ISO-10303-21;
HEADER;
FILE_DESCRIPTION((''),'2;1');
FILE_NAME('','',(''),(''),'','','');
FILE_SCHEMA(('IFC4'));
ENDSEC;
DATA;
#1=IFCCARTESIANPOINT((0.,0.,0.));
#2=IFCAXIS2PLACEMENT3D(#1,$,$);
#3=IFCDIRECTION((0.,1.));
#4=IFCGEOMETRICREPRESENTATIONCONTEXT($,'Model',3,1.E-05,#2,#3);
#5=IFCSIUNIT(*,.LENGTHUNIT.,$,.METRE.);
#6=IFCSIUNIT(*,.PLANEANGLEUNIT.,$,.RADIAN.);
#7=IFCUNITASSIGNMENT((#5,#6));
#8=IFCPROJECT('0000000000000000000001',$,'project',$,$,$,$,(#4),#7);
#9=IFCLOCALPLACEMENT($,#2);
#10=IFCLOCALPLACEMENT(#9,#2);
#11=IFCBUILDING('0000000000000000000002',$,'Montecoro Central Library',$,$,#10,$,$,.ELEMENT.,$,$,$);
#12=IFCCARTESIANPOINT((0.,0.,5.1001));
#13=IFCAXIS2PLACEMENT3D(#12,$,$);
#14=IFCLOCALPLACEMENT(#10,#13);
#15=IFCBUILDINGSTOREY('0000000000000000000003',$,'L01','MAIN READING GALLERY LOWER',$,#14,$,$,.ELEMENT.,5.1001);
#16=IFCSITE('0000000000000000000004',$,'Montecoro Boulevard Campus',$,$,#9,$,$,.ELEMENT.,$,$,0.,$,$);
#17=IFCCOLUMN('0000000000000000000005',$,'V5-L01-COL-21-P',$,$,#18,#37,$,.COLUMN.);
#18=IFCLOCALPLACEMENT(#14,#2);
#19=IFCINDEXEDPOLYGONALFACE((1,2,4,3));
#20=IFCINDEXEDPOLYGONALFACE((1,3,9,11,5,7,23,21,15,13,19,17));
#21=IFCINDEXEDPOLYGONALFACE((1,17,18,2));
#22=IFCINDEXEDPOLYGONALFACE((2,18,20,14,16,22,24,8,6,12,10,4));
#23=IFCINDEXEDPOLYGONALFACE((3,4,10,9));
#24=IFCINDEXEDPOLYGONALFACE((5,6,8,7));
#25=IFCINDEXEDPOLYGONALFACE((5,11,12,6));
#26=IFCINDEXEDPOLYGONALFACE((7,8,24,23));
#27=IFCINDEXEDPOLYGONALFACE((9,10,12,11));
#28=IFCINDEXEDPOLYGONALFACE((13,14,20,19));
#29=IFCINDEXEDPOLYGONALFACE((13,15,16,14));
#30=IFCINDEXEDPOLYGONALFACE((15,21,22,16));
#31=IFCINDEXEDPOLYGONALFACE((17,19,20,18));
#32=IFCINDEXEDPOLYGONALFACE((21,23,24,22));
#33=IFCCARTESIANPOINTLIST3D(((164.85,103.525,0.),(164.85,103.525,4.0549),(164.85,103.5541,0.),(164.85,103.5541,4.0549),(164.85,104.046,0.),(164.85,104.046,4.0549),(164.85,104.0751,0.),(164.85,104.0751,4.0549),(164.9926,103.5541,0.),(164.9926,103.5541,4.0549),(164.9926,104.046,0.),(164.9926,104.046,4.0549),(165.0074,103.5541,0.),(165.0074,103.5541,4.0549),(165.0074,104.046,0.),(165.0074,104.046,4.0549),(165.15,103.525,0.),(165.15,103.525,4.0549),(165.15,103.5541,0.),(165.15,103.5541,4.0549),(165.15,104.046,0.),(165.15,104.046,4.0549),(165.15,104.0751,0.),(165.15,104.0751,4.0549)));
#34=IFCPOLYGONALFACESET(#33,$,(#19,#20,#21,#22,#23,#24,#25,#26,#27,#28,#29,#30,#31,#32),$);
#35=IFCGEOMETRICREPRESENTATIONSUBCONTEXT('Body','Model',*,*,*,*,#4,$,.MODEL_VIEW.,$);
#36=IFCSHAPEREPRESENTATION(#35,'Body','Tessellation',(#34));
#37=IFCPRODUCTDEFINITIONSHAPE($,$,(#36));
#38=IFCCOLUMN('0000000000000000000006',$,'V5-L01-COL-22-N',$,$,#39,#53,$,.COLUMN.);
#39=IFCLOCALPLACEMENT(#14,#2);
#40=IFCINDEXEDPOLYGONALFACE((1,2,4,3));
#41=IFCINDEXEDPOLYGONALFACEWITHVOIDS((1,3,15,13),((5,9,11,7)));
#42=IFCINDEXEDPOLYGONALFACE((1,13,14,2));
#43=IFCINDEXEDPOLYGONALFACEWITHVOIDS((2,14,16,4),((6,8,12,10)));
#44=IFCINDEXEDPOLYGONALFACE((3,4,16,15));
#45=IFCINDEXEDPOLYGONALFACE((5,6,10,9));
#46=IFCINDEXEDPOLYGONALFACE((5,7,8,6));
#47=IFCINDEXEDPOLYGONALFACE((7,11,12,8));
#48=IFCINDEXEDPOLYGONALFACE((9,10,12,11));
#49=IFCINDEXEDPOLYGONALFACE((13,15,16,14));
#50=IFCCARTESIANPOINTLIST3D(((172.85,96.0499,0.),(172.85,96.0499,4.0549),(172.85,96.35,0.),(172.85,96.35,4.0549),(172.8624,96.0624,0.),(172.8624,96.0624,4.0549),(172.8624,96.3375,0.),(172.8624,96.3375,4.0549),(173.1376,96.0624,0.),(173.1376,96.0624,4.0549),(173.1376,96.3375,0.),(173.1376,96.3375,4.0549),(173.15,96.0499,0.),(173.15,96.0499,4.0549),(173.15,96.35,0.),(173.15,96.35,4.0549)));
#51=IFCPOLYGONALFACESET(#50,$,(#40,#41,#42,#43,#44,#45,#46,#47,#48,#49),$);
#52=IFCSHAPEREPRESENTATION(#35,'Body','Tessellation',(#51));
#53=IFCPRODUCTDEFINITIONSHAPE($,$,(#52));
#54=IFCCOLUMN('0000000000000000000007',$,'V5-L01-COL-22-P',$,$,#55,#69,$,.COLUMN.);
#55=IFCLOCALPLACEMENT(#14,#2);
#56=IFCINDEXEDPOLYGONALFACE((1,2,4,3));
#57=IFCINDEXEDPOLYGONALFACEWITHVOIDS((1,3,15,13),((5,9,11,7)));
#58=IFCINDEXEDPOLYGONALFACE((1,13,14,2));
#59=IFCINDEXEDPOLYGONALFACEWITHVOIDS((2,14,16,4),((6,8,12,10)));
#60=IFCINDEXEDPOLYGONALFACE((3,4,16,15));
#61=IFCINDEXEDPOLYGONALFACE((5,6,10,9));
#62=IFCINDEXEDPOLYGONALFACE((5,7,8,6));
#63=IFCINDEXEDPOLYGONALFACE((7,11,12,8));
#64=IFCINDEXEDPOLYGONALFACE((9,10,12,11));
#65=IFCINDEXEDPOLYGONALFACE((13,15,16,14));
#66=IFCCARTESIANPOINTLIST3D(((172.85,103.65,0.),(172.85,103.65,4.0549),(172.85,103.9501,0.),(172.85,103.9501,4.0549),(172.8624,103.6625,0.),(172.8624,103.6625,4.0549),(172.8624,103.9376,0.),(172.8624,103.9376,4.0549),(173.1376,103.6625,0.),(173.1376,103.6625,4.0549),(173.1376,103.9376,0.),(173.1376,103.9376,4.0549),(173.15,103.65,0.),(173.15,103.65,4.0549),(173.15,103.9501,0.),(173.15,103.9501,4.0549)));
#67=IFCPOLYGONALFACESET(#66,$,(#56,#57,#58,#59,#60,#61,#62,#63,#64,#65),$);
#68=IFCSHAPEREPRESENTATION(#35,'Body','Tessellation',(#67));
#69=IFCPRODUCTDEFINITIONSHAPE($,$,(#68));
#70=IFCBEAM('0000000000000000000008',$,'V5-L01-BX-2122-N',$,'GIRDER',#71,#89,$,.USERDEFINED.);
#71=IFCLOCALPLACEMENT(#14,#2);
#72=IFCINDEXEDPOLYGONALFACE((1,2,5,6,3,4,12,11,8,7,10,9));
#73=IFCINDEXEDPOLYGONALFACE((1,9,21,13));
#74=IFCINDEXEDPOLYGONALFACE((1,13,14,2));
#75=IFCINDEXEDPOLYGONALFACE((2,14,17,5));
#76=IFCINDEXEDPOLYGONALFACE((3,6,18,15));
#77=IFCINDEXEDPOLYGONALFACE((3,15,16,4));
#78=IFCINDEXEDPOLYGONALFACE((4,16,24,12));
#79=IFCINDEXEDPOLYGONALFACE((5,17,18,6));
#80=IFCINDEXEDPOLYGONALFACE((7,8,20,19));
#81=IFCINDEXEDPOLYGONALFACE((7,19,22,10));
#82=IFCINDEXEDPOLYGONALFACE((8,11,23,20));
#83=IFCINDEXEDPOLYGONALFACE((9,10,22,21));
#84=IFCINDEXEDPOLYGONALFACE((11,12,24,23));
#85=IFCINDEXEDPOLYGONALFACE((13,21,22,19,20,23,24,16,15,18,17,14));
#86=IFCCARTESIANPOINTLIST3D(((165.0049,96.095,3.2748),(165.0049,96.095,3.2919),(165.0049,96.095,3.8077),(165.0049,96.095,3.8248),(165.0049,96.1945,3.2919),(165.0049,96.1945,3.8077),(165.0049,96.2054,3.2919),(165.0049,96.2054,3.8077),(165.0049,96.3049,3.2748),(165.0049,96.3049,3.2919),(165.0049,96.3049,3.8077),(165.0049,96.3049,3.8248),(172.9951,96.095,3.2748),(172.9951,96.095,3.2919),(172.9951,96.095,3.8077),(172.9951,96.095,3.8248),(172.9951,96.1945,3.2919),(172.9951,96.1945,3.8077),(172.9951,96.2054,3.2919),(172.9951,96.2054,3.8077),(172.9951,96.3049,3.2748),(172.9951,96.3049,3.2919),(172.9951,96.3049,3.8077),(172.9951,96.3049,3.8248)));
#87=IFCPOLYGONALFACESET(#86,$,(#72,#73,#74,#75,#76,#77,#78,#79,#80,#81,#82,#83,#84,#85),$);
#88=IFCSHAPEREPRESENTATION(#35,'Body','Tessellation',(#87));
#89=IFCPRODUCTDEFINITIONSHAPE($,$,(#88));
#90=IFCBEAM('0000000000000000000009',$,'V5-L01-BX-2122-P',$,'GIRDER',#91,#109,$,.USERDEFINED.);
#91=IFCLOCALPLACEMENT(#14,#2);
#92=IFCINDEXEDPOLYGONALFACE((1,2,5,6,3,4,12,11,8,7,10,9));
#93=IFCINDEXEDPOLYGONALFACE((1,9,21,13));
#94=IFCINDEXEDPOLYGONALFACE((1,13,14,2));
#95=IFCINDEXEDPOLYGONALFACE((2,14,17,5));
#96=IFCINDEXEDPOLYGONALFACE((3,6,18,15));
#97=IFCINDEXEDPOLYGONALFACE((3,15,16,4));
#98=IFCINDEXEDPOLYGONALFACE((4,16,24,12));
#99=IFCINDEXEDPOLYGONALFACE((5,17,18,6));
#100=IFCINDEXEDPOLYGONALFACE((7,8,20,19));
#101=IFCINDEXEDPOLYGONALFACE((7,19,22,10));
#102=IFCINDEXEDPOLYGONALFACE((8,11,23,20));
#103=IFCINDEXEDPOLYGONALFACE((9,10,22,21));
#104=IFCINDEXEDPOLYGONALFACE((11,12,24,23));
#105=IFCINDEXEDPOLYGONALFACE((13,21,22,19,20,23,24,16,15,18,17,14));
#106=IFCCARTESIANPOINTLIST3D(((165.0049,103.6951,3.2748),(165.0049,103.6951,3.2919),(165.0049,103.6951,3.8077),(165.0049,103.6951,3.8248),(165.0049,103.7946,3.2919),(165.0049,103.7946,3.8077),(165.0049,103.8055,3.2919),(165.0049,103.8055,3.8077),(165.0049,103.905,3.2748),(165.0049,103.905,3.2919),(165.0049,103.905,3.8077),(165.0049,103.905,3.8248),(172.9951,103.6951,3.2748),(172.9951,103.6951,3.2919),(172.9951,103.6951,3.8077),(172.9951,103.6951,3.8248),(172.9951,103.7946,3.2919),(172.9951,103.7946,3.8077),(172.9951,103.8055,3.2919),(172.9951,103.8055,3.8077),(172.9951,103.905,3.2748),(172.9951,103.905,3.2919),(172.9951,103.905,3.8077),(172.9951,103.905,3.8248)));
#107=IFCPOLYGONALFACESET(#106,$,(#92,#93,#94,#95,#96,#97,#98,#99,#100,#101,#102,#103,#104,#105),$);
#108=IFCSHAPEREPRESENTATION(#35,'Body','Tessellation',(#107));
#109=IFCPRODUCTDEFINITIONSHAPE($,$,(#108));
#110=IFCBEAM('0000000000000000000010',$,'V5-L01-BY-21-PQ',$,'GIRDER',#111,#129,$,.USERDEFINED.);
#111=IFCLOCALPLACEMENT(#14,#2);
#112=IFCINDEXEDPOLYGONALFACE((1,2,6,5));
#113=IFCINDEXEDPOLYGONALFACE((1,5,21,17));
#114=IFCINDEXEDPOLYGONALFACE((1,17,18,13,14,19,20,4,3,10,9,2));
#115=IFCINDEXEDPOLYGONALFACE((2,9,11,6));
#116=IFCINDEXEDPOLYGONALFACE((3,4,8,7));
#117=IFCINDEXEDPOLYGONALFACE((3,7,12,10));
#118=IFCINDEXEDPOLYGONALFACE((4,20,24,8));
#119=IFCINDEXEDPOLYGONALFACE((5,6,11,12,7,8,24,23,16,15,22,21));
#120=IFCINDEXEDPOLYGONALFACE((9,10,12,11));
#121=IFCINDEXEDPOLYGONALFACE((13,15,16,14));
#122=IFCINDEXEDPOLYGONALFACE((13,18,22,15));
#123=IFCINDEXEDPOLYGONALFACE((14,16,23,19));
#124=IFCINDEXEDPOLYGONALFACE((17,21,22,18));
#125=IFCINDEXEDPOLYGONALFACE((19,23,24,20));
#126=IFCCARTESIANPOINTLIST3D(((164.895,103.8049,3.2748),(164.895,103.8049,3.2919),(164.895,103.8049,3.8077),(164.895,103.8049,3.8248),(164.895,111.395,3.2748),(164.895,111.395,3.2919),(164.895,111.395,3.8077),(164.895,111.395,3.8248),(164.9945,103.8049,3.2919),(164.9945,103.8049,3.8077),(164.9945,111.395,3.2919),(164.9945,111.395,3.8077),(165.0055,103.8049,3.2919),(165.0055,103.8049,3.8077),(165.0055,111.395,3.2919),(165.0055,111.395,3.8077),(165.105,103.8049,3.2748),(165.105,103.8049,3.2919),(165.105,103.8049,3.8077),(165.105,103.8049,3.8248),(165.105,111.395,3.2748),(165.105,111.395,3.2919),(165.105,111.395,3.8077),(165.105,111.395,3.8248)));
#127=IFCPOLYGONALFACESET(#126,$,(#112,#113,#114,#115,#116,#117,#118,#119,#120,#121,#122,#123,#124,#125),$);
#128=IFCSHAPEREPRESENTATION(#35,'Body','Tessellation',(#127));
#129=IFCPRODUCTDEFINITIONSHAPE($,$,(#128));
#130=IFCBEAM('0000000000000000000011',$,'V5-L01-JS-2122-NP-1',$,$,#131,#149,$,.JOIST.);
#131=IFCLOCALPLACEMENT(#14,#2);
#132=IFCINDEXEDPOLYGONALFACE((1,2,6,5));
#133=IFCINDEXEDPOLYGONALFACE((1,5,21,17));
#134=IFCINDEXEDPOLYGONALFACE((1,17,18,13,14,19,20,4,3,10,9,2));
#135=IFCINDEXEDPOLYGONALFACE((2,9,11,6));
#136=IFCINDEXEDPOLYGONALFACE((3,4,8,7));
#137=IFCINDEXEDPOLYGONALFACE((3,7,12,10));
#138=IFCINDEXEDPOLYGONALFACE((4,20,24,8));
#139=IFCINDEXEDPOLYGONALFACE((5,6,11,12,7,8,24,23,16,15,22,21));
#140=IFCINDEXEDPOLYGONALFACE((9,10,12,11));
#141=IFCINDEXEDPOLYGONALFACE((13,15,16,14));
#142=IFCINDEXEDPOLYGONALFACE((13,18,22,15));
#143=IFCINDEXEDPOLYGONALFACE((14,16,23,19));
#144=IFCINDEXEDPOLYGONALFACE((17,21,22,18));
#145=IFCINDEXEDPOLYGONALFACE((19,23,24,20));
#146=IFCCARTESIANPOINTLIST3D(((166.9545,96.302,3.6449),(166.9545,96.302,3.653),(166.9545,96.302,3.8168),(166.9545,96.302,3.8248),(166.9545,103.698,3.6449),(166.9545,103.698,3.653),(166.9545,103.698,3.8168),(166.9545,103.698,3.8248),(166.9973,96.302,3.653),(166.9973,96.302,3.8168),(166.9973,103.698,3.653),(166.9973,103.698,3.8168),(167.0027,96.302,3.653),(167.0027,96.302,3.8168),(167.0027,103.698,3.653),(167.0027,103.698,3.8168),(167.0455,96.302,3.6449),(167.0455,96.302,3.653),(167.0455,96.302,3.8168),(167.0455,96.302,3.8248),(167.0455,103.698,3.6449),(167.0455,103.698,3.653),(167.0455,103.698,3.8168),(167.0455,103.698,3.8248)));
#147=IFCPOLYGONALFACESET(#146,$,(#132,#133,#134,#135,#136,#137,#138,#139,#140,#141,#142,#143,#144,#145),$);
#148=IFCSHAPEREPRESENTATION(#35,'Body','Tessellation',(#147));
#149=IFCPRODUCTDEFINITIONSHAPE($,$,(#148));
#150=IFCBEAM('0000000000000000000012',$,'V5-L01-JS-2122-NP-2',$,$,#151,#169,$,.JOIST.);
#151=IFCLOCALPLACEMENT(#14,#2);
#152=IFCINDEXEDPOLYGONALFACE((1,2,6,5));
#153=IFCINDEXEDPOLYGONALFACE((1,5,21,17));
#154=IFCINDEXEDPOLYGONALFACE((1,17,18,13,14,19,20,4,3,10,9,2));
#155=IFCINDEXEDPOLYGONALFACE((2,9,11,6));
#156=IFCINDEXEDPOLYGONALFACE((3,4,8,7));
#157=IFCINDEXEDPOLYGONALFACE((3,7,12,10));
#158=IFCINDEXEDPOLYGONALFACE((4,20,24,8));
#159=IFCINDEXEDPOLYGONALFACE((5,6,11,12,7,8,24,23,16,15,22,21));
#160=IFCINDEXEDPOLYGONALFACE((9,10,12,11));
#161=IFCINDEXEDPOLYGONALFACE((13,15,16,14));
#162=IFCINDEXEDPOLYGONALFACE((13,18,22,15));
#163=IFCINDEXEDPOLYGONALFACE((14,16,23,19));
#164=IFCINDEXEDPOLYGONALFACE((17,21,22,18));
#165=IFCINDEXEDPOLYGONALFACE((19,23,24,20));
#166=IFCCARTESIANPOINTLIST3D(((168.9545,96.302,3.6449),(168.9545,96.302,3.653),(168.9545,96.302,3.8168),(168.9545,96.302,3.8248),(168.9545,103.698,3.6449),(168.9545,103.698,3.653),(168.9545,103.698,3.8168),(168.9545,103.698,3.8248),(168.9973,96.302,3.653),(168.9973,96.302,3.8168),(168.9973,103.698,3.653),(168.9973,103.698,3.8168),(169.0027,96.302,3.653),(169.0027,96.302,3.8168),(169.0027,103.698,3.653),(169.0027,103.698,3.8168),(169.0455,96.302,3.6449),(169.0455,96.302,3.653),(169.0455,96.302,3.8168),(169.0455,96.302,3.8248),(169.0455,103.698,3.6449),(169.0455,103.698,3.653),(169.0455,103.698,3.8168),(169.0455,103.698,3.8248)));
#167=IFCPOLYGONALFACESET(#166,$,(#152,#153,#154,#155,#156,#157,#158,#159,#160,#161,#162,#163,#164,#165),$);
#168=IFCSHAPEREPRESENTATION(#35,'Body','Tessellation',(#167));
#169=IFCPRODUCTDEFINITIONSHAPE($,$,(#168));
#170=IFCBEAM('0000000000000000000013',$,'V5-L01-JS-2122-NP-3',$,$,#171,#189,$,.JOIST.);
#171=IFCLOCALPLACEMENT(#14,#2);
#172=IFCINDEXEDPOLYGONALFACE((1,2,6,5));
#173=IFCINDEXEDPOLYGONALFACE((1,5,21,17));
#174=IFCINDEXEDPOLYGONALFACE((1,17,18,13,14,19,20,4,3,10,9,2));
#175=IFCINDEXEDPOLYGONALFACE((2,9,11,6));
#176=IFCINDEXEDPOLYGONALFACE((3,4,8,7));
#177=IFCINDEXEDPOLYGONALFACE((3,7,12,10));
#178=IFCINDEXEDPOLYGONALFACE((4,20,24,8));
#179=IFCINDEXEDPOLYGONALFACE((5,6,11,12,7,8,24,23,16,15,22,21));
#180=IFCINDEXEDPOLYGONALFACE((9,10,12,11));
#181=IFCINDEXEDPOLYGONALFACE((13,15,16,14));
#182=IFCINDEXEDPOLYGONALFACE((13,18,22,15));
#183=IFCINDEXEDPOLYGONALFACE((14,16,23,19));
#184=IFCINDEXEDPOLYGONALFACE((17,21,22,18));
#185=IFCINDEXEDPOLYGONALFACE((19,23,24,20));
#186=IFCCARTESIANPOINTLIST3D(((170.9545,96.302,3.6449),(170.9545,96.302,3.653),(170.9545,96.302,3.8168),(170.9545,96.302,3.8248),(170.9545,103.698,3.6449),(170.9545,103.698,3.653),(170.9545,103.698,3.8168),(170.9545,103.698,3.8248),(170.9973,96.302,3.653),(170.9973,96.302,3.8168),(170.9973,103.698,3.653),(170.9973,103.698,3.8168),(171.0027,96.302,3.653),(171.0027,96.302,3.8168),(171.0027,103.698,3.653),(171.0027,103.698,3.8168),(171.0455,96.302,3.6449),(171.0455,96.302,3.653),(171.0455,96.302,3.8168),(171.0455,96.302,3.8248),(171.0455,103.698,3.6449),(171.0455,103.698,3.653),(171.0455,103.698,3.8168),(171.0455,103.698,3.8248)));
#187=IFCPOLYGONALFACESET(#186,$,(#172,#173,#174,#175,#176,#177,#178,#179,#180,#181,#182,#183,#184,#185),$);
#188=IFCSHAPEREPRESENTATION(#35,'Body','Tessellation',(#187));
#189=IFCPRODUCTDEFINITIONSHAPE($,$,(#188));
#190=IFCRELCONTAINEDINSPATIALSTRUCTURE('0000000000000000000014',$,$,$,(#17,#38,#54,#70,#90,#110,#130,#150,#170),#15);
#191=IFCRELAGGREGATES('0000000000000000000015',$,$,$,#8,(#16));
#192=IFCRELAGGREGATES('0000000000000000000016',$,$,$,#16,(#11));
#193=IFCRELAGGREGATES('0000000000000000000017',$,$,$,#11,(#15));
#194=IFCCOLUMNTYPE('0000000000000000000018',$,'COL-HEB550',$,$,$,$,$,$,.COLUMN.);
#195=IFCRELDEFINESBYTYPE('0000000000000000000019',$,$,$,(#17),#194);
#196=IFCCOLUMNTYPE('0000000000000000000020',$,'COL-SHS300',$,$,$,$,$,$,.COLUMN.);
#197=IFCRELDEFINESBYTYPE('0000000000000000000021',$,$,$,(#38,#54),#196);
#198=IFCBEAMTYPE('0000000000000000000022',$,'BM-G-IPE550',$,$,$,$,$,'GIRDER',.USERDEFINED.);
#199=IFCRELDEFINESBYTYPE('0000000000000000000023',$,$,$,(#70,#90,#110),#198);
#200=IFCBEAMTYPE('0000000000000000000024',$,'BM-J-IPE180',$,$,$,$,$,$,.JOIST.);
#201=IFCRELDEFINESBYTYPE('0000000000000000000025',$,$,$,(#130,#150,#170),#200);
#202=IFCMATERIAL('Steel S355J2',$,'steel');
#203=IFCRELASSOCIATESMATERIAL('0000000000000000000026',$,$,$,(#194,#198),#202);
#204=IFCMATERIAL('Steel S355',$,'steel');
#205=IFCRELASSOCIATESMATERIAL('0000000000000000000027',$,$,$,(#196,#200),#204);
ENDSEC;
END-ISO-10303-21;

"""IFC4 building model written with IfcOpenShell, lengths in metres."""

from ifc_helpers import new_model, si_unit, direction, frame, origin, origin_2d, place, context, subcontext, project, spatial, hollow_rectangle, i_section, extrude, material, material_profile, profile_set, type_object, element, save


model = new_model("IFC4")

# Units and contexts
model_context = context("Model", 3, precision=1e-05, world=origin(), true_north=direction((0.0, 1.0)))
body_context = subcontext(model_context, "Body", "Model", "MODEL_VIEW")
ifc_project = project(units=[si_unit("LENGTHUNIT", "METRE"), si_unit("PLANEANGLEUNIT", "RADIAN")], contexts=[model_context])

# Site, building, storey
site_placement = place(None, origin())
site = spatial("IfcSite", under=ifc_project, at=site_placement, Name="Montecoro Boulevard Campus", CompositionType="ELEMENT", RefElevation=0.0)
building_placement = place(site_placement, origin())
building = spatial("IfcBuilding", under=site, at=building_placement, Name="Montecoro Central Library", CompositionType="ELEMENT")
storey_placement = place(building_placement, frame((0.0, 0.0, 5.1001)))
storey = spatial("IfcBuildingStorey", under=building, at=storey_placement, Name="L01", Description="MAIN READING GALLERY LOWER", CompositionType="ELEMENT", Elevation=5.1001)

# Columns
ifc_material_1 = material(Name="Steel S355J2", Category="steel")
ifc_material_profile_1 = material_profile(ifc_material_1, i_section(OverallWidth=0.3, OverallDepth=0.55, WebThickness=0.0149, FlangeThickness=0.0291, at=origin_2d()), Name="HEB 550")
ifc_profile_set_1 = profile_set([ifc_material_profile_1], Name="Steel S355J2")
column_type_1 = type_object("IfcColumnType", Name="COL-HEB550", PredefinedType="COLUMN", material=ifc_profile_set_1)
column_placement = place(storey_placement, frame((165.0, 103.8, 0.0), z_axis=(0.0, 0.0, 1.0), x_axis=(1.0, 0.0, 0.0)))
element("IfcColumn", 1, at=column_placement, inside=storey, type_object=column_type_1, Name="V5-L01-COL-21-P", PredefinedType="COLUMN", context=body_context, shape_type="SweptSolid", body=[
    extrude(i_section(OverallWidth=0.3, OverallDepth=0.55, WebThickness=0.0149, FlangeThickness=0.0291, at=origin_2d()), origin(), (0.0, 0.0, 1.0), 4.0549),
])
ifc_material_2 = material(Name="Steel S355", Category="steel")
ifc_material_profile_2 = material_profile(ifc_material_2, hollow_rectangle(XDim=0.3, YDim=0.3, WallThickness=0.0125, at=origin_2d()), Name="SHS 300x300x12.5")
ifc_profile_set_2 = profile_set([ifc_material_profile_2], Name="Steel S355")
column_type_2 = type_object("IfcColumnType", Name="COL-SHS300", PredefinedType="COLUMN", material=ifc_profile_set_2)
for number, where, z_axis, x_axis, name in (
    (2, (173.0, 96.2, 0.0), (0.0, 0.0, 1.0), (1.0, 0.0, 0.0), "V5-L01-COL-22-N"),
    (3, (173.0, 103.8, 0.0), (0.0, 0.0, 1.0), (1.0, 0.0, 0.0), "V5-L01-COL-22-P"),
):
    element("IfcColumn", number, at=place(storey_placement, frame(where, z_axis=z_axis, x_axis=x_axis)), inside=storey, type_object=column_type_2, Name=name, PredefinedType="COLUMN", context=body_context, shape_type="SweptSolid", body=[
        extrude(hollow_rectangle(XDim=0.3, YDim=0.3, WallThickness=0.0125, at=origin_2d()), origin(), (0.0, 0.0, 1.0), 4.0549),
    ])

# Beams
ifc_material_profile_3 = material_profile(ifc_material_1, i_section(OverallWidth=0.21, OverallDepth=0.55, WebThickness=0.011, FlangeThickness=0.0171, at=origin_2d()), Name="IPE 550")
ifc_profile_set_3 = profile_set([ifc_material_profile_3], Name="Steel S355J2")
beam_type_1 = type_object("IfcBeamType", Name="BM-G-IPE550", ElementType="GIRDER", PredefinedType="USERDEFINED", material=ifc_profile_set_3)
for number, where, z_axis, x_axis, name in (
    (4, (165.0049, 96.2, 3.5498), (1.0, 0.0, 0.0), (0.0, 1.0, 0.0), "V5-L01-BX-2122-N"),
    (5, (165.0049, 103.8, 3.5498), (1.0, 0.0, 0.0), (0.0, 1.0, 0.0), "V5-L01-BX-2122-P"),
):
    element("IfcBeam", number, at=place(storey_placement, frame(where, z_axis=z_axis, x_axis=x_axis)), inside=storey, type_object=beam_type_1, Name=name, ObjectType="GIRDER", PredefinedType="USERDEFINED", context=body_context, shape_type="SweptSolid", body=[
        extrude(i_section(OverallWidth=0.21, OverallDepth=0.55, WebThickness=0.011, FlangeThickness=0.0171, at=origin_2d()), origin(), (0.0, 0.0, 1.0), 7.9902),
    ])
beam_1_placement = place(storey_placement, frame((165.0, 103.8049, 3.5498), z_axis=(0.0, 1.0, 0.0), x_axis=(-1.0, 0.0, 0.0)))
element("IfcBeam", 6, at=beam_1_placement, inside=storey, type_object=beam_type_1, Name="V5-L01-BY-21-PQ", ObjectType="GIRDER", PredefinedType="USERDEFINED", context=body_context, shape_type="SweptSolid", body=[
    extrude(i_section(OverallWidth=0.21, OverallDepth=0.55, WebThickness=0.011, FlangeThickness=0.0171, at=origin_2d()), origin(), (0.0, 0.0, 1.0), 7.5901),
])
ifc_material_profile_4 = material_profile(ifc_material_2, i_section(OverallWidth=0.0911, OverallDepth=0.1799, WebThickness=0.0054, FlangeThickness=0.0081, at=origin_2d()), Name="IPE 180")
ifc_profile_set_4 = profile_set([ifc_material_profile_4], Name="Steel S355")
beam_type_2 = type_object("IfcBeamType", Name="BM-J-IPE180", PredefinedType="JOIST", material=ifc_profile_set_4)
for number, where, z_axis, x_axis, name in (
    (7, (167.0, 96.302, 3.7349), (0.0, 1.0, 0.0), (-1.0, 0.0, 0.0), "V5-L01-JS-2122-NP-1"),
    (8, (169.0, 96.302, 3.7349), (0.0, 1.0, 0.0), (-1.0, 0.0, 0.0), "V5-L01-JS-2122-NP-2"),
    (9, (171.0, 96.302, 3.7349), (0.0, 1.0, 0.0), (-1.0, 0.0, 0.0), "V5-L01-JS-2122-NP-3"),
):
    element("IfcBeam", number, at=place(storey_placement, frame(where, z_axis=z_axis, x_axis=x_axis)), inside=storey, type_object=beam_type_2, Name=name, PredefinedType="JOIST", context=body_context, shape_type="SweptSolid", body=[
        extrude(i_section(OverallWidth=0.0911, OverallDepth=0.1799, WebThickness=0.0054, FlangeThickness=0.0081, at=origin_2d()), origin(), (0.0, 0.0, 1.0), 7.396),
    ])

save(model, "model.ifc")
